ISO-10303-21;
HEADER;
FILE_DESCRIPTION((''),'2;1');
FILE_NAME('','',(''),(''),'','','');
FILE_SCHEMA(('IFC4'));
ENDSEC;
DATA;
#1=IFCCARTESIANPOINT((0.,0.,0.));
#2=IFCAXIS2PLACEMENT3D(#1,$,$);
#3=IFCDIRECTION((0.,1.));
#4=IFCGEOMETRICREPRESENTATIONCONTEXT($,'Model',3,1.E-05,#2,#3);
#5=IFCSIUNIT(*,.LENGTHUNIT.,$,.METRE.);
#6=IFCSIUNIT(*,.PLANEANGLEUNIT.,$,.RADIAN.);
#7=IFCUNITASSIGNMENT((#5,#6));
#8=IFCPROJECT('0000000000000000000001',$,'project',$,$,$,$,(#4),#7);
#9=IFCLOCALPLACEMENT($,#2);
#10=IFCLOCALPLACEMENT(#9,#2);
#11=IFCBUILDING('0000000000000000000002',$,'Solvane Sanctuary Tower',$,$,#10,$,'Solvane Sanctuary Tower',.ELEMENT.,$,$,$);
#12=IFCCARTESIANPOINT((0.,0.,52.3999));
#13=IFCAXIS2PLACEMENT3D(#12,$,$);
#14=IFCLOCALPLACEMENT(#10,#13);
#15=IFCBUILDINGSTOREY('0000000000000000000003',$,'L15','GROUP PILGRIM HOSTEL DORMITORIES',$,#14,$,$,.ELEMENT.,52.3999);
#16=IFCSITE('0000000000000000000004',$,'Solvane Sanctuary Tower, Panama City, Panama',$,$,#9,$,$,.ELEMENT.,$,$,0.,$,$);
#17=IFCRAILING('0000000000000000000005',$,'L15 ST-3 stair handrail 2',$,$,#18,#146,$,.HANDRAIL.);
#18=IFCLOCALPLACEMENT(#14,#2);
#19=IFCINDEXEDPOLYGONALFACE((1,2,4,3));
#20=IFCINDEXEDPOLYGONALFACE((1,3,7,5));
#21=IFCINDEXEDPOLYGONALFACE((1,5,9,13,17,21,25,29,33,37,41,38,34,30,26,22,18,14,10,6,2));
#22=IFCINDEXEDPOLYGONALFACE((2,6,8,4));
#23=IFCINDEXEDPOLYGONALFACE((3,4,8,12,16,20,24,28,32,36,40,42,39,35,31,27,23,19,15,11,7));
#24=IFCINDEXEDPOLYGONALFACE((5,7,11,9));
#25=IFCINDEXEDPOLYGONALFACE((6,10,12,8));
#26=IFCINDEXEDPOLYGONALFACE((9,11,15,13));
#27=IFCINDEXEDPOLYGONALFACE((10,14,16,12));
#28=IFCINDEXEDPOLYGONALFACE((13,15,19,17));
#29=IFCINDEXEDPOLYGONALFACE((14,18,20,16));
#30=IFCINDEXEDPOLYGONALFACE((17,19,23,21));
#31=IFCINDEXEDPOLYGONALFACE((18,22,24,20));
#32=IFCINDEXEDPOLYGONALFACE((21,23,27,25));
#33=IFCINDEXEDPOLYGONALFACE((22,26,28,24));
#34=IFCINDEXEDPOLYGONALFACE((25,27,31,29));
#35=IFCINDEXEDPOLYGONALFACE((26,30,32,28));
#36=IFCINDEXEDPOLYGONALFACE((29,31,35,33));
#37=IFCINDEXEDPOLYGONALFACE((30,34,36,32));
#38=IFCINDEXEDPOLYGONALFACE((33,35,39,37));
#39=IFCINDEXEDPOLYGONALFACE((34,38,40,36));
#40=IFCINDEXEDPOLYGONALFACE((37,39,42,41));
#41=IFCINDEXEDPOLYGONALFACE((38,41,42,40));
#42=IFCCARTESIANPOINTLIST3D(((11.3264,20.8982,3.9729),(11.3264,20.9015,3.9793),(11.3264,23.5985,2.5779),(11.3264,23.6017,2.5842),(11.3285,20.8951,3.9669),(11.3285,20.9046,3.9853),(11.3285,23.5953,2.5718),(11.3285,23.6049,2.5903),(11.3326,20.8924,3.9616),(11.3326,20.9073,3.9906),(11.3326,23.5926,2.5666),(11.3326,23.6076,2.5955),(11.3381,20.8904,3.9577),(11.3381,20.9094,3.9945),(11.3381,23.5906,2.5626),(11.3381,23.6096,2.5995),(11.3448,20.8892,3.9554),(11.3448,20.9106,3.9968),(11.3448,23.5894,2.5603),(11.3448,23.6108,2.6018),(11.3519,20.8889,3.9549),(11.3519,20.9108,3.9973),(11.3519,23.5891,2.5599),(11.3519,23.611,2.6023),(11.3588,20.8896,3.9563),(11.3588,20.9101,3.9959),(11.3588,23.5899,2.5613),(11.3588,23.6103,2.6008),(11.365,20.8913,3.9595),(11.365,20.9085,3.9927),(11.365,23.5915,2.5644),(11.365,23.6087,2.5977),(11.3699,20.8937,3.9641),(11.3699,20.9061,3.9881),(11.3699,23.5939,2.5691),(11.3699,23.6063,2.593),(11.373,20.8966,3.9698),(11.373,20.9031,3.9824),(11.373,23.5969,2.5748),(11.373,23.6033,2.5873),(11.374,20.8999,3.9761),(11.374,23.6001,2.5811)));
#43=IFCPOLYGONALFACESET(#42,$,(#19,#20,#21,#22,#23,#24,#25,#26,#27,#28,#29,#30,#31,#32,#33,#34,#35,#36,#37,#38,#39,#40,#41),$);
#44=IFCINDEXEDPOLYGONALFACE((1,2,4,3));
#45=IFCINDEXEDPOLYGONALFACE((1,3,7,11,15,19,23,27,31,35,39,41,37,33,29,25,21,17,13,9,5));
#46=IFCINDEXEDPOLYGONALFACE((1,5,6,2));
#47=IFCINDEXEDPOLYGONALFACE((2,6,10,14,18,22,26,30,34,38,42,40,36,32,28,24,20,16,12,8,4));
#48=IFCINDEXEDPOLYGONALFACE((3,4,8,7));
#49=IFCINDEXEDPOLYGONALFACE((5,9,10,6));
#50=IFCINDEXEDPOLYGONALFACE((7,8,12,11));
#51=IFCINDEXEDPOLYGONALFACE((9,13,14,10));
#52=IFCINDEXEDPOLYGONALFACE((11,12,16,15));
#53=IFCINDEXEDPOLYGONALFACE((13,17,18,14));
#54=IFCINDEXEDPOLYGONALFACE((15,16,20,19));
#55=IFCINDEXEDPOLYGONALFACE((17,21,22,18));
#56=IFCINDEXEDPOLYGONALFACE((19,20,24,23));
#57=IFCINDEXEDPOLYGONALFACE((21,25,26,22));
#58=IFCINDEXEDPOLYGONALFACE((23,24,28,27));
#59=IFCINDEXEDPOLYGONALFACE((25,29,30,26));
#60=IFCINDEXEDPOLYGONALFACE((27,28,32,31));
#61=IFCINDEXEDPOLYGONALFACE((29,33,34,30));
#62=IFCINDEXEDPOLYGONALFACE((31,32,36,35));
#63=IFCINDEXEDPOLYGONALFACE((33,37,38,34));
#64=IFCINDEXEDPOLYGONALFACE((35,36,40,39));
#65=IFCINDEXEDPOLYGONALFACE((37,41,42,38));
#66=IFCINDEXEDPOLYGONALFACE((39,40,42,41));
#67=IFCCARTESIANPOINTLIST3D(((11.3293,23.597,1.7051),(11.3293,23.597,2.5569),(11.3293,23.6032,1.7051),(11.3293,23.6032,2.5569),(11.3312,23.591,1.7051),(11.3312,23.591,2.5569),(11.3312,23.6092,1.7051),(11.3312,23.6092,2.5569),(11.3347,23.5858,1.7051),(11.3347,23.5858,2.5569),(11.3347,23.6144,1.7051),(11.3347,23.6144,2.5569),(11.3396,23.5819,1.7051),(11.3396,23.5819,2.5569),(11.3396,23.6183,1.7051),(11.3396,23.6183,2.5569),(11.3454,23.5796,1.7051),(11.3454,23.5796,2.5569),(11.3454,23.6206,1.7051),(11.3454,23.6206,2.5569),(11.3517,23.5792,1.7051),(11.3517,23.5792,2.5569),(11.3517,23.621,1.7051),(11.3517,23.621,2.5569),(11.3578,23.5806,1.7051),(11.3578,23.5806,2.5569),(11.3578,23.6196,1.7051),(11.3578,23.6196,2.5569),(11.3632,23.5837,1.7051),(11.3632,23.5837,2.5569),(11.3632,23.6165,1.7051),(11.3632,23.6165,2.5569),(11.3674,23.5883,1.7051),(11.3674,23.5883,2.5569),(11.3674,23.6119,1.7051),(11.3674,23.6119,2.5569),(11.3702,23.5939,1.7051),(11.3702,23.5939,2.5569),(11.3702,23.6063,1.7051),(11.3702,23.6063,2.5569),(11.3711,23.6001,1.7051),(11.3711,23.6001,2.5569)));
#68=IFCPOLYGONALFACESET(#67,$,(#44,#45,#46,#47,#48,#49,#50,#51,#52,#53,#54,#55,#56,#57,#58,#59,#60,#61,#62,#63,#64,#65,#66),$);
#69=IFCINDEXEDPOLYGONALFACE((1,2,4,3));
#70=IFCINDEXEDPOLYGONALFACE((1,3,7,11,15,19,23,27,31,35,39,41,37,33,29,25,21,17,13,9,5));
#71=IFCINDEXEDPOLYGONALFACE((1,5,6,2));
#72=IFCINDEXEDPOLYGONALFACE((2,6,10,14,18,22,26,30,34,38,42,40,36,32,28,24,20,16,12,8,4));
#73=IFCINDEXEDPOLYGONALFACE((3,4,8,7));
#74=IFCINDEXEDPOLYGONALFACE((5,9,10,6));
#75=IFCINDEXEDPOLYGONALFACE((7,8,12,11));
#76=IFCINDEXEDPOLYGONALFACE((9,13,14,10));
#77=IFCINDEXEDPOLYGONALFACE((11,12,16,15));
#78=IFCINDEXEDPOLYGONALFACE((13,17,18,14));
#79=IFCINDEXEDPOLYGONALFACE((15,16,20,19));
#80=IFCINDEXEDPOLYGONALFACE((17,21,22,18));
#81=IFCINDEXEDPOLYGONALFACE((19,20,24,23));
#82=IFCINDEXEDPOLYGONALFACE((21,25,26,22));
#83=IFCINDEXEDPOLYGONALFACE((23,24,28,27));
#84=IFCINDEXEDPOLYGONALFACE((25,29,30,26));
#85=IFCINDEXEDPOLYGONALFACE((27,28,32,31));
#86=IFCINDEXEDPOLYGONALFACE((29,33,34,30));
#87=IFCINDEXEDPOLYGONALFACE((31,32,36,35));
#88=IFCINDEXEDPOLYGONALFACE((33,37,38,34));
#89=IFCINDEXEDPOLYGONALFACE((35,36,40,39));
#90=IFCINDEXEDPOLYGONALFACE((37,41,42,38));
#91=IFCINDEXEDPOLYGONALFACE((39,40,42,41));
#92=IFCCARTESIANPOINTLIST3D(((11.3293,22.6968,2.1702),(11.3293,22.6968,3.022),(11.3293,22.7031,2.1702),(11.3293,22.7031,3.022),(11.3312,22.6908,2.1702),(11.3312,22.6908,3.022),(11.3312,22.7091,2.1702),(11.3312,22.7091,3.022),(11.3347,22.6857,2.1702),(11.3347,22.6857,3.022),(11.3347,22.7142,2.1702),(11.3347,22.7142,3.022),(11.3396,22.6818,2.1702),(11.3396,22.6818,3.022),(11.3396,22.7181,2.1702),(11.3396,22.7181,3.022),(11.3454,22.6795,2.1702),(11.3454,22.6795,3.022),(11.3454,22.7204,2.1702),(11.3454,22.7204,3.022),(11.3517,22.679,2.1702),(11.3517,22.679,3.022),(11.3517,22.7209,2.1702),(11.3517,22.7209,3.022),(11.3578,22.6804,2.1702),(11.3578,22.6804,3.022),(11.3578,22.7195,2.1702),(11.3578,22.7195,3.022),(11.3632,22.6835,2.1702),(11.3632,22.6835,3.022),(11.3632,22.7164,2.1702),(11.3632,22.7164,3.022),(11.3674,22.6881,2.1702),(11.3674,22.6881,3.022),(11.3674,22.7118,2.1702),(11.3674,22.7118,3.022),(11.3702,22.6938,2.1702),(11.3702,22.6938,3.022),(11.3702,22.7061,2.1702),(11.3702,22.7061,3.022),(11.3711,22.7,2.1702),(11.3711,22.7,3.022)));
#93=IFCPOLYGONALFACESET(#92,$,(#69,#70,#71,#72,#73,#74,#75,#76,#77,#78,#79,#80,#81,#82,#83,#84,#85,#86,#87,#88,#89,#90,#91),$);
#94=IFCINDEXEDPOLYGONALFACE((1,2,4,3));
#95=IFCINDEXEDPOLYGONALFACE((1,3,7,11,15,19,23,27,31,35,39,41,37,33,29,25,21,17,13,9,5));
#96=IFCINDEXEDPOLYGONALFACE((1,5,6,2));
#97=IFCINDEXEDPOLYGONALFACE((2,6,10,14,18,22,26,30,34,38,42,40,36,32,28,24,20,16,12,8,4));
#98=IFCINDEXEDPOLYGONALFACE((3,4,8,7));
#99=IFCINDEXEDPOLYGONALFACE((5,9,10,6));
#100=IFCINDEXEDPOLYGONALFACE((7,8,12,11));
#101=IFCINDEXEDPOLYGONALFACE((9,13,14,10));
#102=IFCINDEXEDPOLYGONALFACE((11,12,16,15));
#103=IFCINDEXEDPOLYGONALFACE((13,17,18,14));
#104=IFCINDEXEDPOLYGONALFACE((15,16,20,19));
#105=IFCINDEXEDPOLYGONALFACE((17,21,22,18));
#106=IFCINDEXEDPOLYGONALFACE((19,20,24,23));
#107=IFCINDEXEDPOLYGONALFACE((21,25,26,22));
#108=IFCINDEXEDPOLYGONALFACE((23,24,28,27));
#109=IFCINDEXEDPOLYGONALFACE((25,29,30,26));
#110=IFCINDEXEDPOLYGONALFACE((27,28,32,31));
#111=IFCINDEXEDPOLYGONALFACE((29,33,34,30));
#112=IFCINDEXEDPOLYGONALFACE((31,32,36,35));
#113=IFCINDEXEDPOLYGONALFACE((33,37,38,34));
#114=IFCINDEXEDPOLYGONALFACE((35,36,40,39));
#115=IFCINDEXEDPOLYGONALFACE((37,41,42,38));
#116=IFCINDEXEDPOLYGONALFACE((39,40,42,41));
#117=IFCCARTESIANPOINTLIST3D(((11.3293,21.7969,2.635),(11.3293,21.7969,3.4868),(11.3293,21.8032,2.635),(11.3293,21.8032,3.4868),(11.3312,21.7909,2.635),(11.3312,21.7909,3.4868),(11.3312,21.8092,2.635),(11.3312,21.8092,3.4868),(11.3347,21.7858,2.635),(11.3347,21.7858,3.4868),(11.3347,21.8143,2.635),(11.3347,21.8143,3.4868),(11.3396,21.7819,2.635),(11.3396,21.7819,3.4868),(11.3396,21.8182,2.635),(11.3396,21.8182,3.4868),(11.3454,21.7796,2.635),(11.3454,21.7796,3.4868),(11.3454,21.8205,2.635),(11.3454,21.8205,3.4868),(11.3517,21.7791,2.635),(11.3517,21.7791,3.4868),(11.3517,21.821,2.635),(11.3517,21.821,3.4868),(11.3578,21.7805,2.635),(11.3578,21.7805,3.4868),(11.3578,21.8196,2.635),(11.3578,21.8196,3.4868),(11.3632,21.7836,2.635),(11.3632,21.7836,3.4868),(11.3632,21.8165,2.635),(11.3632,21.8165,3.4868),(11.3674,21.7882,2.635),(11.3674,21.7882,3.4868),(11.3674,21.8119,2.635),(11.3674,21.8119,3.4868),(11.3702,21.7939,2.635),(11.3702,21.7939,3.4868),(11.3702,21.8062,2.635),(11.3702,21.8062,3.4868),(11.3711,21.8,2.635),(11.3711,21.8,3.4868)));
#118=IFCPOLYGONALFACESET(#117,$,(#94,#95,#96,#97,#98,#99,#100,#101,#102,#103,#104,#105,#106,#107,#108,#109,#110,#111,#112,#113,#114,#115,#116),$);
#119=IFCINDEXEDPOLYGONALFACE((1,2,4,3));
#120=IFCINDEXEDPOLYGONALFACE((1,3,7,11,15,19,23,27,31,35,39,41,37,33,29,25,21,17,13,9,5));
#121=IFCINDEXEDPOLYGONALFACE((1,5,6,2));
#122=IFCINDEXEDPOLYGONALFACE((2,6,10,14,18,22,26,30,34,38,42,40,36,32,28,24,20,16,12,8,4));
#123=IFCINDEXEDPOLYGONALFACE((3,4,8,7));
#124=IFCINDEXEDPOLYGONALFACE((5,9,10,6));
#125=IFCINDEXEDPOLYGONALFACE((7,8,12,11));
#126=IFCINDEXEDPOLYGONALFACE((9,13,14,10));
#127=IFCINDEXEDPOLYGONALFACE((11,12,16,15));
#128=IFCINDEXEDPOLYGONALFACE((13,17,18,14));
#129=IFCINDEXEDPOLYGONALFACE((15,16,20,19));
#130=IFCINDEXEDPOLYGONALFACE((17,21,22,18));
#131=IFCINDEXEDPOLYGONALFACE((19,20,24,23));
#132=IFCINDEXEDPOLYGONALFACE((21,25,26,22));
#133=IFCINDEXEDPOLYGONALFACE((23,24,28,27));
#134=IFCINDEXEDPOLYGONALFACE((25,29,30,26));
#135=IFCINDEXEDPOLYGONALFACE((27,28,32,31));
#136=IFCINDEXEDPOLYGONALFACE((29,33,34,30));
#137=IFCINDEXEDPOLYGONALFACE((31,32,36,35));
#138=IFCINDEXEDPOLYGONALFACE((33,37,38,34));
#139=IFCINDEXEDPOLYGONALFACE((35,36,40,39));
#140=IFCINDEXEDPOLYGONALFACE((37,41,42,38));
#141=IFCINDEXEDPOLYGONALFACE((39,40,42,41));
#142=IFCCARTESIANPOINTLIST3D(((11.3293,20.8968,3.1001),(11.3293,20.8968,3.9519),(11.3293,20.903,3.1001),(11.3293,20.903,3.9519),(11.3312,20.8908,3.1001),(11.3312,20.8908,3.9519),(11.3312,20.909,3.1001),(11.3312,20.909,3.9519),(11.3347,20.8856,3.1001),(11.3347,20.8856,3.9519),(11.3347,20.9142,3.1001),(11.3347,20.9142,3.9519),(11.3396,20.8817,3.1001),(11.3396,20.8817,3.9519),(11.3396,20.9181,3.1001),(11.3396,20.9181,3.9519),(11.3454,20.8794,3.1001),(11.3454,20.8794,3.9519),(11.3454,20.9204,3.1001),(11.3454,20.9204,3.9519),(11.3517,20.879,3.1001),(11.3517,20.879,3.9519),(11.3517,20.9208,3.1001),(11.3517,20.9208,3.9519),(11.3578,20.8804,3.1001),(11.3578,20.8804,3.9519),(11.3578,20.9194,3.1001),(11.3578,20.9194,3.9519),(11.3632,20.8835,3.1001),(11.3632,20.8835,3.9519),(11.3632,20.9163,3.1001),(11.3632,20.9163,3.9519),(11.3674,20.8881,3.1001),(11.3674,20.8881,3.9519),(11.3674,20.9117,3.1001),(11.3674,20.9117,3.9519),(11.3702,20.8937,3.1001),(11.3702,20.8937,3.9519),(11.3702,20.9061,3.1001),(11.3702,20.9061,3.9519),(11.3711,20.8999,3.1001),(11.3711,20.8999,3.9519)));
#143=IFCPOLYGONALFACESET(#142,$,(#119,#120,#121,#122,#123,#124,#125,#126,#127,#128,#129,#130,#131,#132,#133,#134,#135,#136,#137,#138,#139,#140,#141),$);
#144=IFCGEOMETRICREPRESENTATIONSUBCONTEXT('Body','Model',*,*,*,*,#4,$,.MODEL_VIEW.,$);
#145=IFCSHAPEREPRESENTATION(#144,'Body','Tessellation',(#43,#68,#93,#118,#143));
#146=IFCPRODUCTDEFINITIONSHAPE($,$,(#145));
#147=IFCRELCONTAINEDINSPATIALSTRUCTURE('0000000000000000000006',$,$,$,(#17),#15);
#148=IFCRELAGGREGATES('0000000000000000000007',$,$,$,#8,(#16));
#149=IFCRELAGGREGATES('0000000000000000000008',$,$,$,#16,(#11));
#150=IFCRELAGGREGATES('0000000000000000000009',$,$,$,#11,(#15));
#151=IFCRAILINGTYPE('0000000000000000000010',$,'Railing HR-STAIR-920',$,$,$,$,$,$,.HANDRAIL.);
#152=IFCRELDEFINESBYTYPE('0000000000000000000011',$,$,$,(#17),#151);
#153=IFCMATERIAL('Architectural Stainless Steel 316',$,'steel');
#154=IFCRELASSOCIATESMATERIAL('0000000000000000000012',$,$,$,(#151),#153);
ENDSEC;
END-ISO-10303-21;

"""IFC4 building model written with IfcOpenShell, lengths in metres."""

from ifc_helpers import new_model, si_unit, direction, frame, origin, origin_2d, place, context, subcontext, project, spatial, circle, extrude, material, type_object, element, save


model = new_model("IFC4")

# Units and contexts
model_context = context("Model", 3, precision=1e-05, world=origin(), true_north=direction((0.0, 1.0)))
body_context = subcontext(model_context, "Body", "Model", "MODEL_VIEW")
ifc_project = project(units=[si_unit("LENGTHUNIT", "METRE"), si_unit("PLANEANGLEUNIT", "RADIAN")], contexts=[model_context])

# Site, building, storey
site_placement = place(None, origin())
site = spatial("IfcSite", under=ifc_project, at=site_placement, Name="Solvane Sanctuary Tower, Panama City, Panama", CompositionType="ELEMENT", RefElevation=0.0)
building_placement = place(site_placement, origin())
building = spatial("IfcBuilding", under=site, at=building_placement, Name="Solvane Sanctuary Tower", LongName="Solvane Sanctuary Tower", CompositionType="ELEMENT")
storey_placement = place(building_placement, frame((0.0, 0.0, 52.3999)))
storey = spatial("IfcBuildingStorey", under=building, at=storey_placement, Name="L15", Description="GROUP PILGRIM HOSTEL DORMITORIES", CompositionType="ELEMENT", Elevation=52.3999)

# Shared definitions
ifc_material_1 = material(Name="Architectural Stainless Steel 316", Category="steel")

# Railing
railing_type_1 = type_object("IfcRailingType", Name="Railing HR-STAIR-920", PredefinedType="HANDRAIL", material=ifc_material_1)
railing_1_placement = place(storey_placement, frame((11.3501, 23.6001, 1.7051)))
element("IfcRailing", 1, at=railing_1_placement, inside=storey, type_object=railing_type_1, Name="L15 ST-3 stair handrail 2", PredefinedType="HANDRAIL", context=body_context, shape_type="SweptSolid", body=[
    extrude(circle(Radius=0.0239, at=origin_2d()), frame((0.0, 0.0, 0.876), z_axis=(0.0, -0.888437, 0.458999), x_axis=(1.0, 0.0, 0.0)), (0.0, 0.0, 1.0), 3.0393),
    extrude(circle(Radius=0.021, at=origin_2d()), origin(), (0.0, 0.0, 1.0), 0.8518),
    extrude(circle(Radius=0.021, at=origin_2d()), frame((0.0, -0.9001, 0.4651)), (0.0, 0.0, 1.0), 0.8518),
    extrude(circle(Radius=0.021, at=origin_2d()), frame((0.0, -1.8, 0.9299)), (0.0, 0.0, 1.0), 0.8518),
    extrude(circle(Radius=0.021, at=origin_2d()), frame((0.0, -2.7002, 1.395)), (0.0, 0.0, 1.0), 0.8518),
])

save(model, "model.ifc")
